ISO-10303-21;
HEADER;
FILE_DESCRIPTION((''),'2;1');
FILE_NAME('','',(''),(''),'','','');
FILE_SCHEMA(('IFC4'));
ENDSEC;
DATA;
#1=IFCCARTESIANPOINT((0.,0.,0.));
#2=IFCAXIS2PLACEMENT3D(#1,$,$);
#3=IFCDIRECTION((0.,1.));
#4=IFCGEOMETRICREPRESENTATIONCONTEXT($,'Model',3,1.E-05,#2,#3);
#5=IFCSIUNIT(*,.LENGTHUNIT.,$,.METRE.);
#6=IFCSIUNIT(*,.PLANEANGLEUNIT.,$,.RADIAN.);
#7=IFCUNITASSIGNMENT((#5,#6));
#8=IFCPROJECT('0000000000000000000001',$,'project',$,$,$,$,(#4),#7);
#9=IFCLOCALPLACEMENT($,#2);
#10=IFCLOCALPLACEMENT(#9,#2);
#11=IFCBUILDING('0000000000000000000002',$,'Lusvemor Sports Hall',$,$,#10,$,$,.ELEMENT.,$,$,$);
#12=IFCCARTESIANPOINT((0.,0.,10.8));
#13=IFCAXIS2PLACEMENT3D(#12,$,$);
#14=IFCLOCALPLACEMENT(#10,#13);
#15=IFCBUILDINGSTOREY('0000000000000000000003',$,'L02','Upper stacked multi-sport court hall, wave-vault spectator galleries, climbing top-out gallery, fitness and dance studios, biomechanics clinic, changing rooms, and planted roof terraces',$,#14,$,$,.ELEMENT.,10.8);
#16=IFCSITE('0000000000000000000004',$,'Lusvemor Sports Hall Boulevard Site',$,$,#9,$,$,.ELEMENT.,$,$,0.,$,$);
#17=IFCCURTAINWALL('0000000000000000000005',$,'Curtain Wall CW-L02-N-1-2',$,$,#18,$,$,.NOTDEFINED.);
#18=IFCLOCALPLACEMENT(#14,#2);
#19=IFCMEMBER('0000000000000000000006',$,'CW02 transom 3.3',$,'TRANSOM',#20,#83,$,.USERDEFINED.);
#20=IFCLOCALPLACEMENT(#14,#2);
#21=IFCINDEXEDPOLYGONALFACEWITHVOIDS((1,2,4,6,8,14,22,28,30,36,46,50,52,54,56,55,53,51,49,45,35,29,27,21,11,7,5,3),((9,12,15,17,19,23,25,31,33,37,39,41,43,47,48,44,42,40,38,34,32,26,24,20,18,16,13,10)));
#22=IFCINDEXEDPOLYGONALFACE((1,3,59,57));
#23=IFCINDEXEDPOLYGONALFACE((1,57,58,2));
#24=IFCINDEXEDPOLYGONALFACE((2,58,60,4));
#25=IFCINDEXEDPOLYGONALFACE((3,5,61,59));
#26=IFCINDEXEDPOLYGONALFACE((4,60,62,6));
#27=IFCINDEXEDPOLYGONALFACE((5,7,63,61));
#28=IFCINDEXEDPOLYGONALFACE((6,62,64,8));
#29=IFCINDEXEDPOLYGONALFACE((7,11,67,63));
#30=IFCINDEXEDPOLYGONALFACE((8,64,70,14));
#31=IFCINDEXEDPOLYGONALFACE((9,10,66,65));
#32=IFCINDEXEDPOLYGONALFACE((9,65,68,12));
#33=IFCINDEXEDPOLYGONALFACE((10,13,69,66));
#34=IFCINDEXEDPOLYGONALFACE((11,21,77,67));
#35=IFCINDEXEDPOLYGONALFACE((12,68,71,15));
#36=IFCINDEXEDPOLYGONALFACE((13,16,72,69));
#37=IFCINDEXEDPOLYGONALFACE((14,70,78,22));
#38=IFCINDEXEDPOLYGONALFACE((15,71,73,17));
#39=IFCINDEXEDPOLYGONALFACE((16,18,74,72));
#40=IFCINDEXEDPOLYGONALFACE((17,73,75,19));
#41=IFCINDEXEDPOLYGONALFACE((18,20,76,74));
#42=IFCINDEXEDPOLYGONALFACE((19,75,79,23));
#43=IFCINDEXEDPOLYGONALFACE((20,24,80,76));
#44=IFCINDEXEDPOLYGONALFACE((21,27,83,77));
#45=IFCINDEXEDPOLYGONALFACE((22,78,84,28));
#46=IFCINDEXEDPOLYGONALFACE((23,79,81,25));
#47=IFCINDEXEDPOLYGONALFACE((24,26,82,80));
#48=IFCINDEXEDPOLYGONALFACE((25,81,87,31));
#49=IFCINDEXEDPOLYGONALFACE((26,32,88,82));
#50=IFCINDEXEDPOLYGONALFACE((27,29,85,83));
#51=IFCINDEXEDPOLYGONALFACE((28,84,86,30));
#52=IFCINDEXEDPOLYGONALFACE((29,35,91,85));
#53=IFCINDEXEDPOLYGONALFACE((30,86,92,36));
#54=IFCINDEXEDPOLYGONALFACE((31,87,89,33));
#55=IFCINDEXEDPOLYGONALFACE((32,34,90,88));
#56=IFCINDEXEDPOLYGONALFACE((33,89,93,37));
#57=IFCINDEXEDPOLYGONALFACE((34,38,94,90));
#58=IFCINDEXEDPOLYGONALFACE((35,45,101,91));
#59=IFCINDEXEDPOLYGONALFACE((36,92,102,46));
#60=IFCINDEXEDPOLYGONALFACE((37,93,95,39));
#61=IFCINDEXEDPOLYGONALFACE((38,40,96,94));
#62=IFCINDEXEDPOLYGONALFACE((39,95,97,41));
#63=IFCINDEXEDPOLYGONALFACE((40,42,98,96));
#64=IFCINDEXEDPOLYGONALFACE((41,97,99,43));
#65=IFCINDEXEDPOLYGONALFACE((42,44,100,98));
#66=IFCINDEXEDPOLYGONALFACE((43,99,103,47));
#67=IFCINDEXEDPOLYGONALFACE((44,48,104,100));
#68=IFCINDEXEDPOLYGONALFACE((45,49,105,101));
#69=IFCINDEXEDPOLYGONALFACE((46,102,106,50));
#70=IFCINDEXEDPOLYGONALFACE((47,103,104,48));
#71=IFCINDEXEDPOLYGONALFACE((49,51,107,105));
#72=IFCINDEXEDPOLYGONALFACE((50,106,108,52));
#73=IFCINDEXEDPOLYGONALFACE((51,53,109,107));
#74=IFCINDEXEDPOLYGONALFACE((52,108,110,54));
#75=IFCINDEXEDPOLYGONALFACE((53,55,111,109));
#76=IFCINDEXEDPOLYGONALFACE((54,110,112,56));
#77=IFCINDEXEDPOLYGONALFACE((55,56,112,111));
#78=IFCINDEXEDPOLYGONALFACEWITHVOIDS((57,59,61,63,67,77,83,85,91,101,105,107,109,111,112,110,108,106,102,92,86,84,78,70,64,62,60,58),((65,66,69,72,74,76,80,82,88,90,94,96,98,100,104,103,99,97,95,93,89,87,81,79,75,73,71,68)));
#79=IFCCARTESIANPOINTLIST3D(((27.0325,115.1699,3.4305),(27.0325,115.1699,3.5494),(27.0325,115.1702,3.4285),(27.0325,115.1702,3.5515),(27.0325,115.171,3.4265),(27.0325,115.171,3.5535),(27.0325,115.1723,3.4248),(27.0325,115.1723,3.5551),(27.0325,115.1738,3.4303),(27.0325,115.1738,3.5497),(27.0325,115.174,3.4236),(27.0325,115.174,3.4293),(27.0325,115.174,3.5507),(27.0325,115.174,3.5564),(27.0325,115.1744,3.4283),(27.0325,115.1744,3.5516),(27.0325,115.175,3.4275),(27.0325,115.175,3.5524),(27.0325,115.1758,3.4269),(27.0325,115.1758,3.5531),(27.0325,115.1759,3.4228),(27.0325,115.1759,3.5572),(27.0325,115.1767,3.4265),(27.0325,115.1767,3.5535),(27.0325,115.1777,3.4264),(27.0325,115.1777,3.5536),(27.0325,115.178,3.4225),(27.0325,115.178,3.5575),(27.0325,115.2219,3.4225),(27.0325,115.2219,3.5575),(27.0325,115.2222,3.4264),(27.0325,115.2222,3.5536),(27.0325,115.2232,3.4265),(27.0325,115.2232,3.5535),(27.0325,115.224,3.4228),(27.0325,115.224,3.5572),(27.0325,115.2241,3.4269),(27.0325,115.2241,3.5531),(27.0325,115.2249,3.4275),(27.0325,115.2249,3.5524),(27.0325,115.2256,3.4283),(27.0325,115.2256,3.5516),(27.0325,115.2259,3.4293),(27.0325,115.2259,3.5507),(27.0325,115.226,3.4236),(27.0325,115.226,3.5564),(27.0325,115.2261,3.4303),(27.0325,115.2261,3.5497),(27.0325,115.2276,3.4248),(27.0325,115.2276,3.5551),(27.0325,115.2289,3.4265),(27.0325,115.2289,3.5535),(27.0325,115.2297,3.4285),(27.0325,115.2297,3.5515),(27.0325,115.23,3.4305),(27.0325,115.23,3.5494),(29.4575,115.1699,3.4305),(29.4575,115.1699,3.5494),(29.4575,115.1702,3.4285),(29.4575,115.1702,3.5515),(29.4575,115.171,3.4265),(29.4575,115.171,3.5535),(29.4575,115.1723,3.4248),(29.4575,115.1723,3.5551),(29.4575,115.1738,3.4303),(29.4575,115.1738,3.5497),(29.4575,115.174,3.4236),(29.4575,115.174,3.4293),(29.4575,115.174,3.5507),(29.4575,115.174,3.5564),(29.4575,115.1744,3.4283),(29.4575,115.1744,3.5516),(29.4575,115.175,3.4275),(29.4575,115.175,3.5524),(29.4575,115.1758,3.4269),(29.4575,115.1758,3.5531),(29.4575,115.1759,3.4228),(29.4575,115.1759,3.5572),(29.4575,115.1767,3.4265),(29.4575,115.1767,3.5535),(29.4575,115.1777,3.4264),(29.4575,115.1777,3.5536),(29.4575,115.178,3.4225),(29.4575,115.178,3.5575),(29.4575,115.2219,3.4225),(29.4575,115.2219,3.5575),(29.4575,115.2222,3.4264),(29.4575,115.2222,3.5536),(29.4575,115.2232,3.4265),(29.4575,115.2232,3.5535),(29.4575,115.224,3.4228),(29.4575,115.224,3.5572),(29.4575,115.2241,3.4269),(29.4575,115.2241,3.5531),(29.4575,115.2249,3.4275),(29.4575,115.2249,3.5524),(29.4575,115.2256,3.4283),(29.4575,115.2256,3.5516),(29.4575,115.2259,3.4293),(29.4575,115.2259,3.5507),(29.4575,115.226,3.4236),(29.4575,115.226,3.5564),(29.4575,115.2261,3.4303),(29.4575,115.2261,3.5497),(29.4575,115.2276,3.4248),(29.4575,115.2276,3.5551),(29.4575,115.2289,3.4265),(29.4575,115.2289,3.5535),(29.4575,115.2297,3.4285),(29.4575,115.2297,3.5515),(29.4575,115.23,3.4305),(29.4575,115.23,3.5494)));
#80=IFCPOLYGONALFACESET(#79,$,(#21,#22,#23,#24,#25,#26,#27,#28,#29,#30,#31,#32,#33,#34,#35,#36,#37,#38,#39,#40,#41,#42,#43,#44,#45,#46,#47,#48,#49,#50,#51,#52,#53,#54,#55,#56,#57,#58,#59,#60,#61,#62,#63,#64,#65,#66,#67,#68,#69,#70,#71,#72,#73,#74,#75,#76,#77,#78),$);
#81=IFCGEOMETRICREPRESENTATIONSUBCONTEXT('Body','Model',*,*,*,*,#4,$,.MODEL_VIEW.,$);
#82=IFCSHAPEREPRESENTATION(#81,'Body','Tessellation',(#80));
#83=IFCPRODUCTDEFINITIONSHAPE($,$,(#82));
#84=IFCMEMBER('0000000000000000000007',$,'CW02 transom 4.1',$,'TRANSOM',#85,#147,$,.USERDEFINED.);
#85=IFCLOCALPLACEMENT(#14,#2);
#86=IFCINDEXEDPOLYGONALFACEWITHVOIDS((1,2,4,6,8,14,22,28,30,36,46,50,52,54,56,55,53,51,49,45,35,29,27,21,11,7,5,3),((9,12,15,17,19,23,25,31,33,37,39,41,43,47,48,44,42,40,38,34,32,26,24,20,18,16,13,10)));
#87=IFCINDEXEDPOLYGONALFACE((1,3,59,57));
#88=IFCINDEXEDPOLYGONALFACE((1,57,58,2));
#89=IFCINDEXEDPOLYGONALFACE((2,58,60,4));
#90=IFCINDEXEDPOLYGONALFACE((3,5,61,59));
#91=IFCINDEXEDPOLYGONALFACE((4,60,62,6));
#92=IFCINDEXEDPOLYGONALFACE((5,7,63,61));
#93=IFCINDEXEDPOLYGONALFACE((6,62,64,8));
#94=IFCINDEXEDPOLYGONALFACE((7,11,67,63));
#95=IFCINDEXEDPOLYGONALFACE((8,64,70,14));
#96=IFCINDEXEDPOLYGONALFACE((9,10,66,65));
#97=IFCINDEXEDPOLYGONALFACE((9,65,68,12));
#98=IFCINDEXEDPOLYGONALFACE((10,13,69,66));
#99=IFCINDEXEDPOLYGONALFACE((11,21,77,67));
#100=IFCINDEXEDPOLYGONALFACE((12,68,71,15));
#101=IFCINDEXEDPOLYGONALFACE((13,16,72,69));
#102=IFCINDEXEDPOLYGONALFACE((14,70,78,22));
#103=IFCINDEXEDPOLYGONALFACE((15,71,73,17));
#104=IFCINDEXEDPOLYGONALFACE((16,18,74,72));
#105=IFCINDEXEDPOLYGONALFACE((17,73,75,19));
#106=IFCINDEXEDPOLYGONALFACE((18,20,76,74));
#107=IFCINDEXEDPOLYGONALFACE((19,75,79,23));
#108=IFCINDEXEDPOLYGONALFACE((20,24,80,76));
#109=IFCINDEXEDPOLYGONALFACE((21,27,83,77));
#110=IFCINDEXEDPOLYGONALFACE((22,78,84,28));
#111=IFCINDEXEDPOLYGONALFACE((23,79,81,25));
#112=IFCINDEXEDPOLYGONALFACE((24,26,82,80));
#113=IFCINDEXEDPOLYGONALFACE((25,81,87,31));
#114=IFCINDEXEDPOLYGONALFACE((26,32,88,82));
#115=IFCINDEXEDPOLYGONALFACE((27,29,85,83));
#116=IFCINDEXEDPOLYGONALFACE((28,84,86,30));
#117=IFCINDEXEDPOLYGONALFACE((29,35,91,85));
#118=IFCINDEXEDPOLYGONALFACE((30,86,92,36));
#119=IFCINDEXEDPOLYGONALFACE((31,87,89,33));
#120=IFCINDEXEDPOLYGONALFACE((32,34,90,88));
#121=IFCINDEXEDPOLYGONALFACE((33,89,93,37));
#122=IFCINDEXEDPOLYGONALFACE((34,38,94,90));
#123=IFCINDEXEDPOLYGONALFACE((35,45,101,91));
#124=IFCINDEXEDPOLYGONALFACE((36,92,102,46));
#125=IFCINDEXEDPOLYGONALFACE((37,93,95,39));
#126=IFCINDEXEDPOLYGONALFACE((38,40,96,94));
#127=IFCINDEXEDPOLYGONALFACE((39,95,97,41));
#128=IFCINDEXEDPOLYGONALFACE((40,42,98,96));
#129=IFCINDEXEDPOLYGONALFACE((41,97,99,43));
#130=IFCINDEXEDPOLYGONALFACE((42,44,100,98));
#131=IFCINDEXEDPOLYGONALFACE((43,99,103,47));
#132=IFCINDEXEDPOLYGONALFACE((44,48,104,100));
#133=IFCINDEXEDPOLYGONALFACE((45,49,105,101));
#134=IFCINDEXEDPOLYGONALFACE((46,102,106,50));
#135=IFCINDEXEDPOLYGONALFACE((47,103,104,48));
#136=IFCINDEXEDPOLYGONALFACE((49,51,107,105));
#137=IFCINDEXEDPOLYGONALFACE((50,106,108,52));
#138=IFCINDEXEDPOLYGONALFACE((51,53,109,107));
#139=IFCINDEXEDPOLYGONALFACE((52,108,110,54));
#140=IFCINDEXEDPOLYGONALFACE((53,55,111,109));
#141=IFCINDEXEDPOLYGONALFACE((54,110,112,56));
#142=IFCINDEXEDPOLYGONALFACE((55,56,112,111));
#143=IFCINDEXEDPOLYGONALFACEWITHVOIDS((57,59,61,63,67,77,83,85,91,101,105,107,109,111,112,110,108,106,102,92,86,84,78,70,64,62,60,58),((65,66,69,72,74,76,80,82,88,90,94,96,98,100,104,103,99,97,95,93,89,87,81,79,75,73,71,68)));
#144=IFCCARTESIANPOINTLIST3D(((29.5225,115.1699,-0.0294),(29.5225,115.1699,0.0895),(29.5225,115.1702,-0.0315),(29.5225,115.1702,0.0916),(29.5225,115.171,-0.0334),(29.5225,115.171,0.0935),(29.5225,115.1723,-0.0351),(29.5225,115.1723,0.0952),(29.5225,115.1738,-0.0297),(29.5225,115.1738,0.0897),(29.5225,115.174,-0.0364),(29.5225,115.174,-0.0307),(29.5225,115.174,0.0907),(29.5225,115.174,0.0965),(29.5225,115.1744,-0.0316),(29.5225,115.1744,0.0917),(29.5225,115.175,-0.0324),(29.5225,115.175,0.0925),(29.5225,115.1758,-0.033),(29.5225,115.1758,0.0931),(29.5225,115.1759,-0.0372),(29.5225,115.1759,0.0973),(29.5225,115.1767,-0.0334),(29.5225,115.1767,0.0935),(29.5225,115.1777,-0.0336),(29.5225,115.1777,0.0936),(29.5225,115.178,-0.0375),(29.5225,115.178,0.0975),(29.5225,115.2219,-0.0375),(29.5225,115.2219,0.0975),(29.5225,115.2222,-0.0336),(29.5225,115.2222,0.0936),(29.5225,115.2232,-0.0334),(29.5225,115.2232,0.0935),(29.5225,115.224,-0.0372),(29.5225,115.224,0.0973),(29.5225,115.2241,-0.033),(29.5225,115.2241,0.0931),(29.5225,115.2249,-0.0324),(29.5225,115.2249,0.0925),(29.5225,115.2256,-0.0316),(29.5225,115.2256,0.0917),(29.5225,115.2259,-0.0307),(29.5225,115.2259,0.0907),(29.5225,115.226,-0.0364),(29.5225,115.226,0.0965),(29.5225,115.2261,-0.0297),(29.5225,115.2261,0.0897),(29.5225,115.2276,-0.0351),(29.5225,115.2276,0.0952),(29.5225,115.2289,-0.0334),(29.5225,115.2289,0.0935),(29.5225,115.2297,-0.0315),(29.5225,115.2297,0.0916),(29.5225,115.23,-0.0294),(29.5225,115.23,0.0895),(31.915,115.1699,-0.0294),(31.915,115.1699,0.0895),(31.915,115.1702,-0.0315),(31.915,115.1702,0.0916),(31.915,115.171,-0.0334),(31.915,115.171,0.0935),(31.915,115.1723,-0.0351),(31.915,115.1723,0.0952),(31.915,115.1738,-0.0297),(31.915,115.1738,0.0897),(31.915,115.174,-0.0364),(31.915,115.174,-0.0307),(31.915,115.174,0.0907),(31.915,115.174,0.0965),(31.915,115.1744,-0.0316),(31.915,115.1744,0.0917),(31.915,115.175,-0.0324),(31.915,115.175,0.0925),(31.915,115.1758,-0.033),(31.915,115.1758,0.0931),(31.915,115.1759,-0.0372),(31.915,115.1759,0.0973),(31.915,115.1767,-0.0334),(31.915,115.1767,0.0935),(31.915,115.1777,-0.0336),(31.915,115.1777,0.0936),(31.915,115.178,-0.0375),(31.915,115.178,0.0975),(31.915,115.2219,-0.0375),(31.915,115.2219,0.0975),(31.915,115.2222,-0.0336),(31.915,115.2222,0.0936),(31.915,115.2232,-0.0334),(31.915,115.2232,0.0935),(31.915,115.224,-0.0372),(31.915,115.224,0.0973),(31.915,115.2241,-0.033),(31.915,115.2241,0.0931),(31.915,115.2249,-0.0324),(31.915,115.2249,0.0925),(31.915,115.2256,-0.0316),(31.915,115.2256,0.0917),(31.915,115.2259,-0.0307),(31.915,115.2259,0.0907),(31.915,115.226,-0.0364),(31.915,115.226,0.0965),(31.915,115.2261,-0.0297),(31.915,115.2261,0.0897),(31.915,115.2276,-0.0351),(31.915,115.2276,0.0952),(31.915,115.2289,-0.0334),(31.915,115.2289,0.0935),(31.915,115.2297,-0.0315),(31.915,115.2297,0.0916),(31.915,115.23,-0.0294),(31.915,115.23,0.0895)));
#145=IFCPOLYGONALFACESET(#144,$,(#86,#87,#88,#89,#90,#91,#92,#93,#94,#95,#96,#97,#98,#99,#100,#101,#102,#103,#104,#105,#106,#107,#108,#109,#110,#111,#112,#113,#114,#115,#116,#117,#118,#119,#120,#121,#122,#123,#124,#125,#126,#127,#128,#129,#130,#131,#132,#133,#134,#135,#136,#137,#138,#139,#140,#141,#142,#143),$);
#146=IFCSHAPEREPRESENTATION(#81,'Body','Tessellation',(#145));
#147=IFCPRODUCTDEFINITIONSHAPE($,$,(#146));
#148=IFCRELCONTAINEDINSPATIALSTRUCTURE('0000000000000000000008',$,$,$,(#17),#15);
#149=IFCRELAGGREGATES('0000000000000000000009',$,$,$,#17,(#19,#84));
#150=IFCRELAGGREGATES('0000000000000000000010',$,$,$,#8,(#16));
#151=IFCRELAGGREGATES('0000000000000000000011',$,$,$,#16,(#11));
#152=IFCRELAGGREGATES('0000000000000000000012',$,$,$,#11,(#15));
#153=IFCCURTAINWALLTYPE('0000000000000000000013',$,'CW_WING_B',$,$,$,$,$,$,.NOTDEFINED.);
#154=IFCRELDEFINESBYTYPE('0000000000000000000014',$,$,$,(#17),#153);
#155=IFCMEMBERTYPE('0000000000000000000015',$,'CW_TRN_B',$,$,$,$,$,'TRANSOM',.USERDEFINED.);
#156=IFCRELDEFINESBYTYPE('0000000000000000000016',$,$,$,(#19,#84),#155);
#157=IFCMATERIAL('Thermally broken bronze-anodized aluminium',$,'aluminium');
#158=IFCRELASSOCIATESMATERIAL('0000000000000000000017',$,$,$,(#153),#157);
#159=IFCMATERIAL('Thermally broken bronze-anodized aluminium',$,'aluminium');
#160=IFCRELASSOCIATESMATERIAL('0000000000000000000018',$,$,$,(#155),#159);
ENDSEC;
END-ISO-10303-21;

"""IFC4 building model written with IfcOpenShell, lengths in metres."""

from ifc_helpers import new_model, si_unit, direction, frame, origin, origin_2d, place, context, subcontext, project, spatial, hollow_rectangle, extrude, material, material_profile, profile_set, type_object, element, aggregate, save


model = new_model("IFC4")

# Units and contexts
model_context = context("Model", 3, precision=1e-05, world=origin(), true_north=direction((0.0, 1.0)))
body_context = subcontext(model_context, "Body", "Model", "MODEL_VIEW")
ifc_project = project(units=[si_unit("LENGTHUNIT", "METRE"), si_unit("PLANEANGLEUNIT", "RADIAN")], contexts=[model_context])

# Site, building, storey
site_placement = place(None, origin())
site = spatial("IfcSite", under=ifc_project, at=site_placement, Name="Lusvemor Sports Hall Boulevard Site", CompositionType="ELEMENT", RefElevation=0.0)
building_placement = place(site_placement, origin())
building = spatial("IfcBuilding", under=site, at=building_placement, Name="Lusvemor Sports Hall", CompositionType="ELEMENT")
storey_placement = place(building_placement, frame((0.0, 0.0, 10.8)))
storey = spatial("IfcBuildingStorey", under=building, at=storey_placement, Name="L02", Description="Upper stacked multi-sport court hall, wave-vault spectator galleries, climbing top-out gallery, fitness and dance studios, biomechanics clinic, changing rooms, and planted roof terraces", CompositionType="ELEMENT", Elevation=10.8)

# Curtain wall
ifc_material_1 = material(Name="Thermally broken bronze-anodized aluminium", Category="aluminium")
curtain_wall_type_1 = type_object("IfcCurtainWallType", Name="CW_WING_B", PredefinedType="NOTDEFINED", material=ifc_material_1)
curtain_wall_1_placement = place(storey_placement, origin())
curtain_wall_1 = element("IfcCurtainWall", 1, at=curtain_wall_1_placement, inside=storey, type_object=curtain_wall_type_1, Name="Curtain Wall CW-L02-N-1-2", PredefinedType="NOTDEFINED")

# Members
ifc_material_2 = material(Name="Thermally broken bronze-anodized aluminium", Category="aluminium")
ifc_material_profile_1 = material_profile(ifc_material_2, hollow_rectangle(XDim=0.0601, YDim=0.135, WallThickness=0.0039, InnerFilletRadius=0.0039, OuterFilletRadius=0.0081, at=origin_2d()), Name="CWTRN135x60x4")
ifc_profile_set_1 = profile_set([ifc_material_profile_1], Name="Thermally broken bronze-anodized aluminium")
member_type_1 = type_object("IfcMemberType", Name="CW_TRN_B", ElementType="TRANSOM", PredefinedType="USERDEFINED", material=ifc_profile_set_1)
member_1_placement = place(storey_placement, frame((27.0325, 115.2, 3.49), z_axis=(1.0, 0.0, 0.0), x_axis=(0.0, 1.0, 0.0)))
member_1 = element("IfcMember", 2, at=member_1_placement, type_object=member_type_1, Name="CW02 transom 3.3", ObjectType="TRANSOM", PredefinedType="USERDEFINED", context=body_context, shape_type="SweptSolid", body=[
    extrude(hollow_rectangle(XDim=0.0601, YDim=0.135, WallThickness=0.0039, InnerFilletRadius=0.0039, OuterFilletRadius=0.0081, at=origin_2d()), origin(), (0.0, 0.0, 1.0), 2.425),
])
member_2_placement = place(storey_placement, frame((29.5225, 115.2, 0.03), z_axis=(1.0, 0.0, 0.0), x_axis=(0.0, 1.0, 0.0)))
member_2 = element("IfcMember", 3, at=member_2_placement, type_object=member_type_1, Name="CW02 transom 4.1", ObjectType="TRANSOM", PredefinedType="USERDEFINED", context=body_context, shape_type="SweptSolid", body=[
    extrude(hollow_rectangle(XDim=0.0601, YDim=0.135, WallThickness=0.0039, InnerFilletRadius=0.0039, OuterFilletRadius=0.0081, at=origin_2d()), origin(), (0.0, 0.0, 1.0), 2.3926),
])

aggregate(curtain_wall_1, [member_1, member_2])

save(model, "model.ifc")
